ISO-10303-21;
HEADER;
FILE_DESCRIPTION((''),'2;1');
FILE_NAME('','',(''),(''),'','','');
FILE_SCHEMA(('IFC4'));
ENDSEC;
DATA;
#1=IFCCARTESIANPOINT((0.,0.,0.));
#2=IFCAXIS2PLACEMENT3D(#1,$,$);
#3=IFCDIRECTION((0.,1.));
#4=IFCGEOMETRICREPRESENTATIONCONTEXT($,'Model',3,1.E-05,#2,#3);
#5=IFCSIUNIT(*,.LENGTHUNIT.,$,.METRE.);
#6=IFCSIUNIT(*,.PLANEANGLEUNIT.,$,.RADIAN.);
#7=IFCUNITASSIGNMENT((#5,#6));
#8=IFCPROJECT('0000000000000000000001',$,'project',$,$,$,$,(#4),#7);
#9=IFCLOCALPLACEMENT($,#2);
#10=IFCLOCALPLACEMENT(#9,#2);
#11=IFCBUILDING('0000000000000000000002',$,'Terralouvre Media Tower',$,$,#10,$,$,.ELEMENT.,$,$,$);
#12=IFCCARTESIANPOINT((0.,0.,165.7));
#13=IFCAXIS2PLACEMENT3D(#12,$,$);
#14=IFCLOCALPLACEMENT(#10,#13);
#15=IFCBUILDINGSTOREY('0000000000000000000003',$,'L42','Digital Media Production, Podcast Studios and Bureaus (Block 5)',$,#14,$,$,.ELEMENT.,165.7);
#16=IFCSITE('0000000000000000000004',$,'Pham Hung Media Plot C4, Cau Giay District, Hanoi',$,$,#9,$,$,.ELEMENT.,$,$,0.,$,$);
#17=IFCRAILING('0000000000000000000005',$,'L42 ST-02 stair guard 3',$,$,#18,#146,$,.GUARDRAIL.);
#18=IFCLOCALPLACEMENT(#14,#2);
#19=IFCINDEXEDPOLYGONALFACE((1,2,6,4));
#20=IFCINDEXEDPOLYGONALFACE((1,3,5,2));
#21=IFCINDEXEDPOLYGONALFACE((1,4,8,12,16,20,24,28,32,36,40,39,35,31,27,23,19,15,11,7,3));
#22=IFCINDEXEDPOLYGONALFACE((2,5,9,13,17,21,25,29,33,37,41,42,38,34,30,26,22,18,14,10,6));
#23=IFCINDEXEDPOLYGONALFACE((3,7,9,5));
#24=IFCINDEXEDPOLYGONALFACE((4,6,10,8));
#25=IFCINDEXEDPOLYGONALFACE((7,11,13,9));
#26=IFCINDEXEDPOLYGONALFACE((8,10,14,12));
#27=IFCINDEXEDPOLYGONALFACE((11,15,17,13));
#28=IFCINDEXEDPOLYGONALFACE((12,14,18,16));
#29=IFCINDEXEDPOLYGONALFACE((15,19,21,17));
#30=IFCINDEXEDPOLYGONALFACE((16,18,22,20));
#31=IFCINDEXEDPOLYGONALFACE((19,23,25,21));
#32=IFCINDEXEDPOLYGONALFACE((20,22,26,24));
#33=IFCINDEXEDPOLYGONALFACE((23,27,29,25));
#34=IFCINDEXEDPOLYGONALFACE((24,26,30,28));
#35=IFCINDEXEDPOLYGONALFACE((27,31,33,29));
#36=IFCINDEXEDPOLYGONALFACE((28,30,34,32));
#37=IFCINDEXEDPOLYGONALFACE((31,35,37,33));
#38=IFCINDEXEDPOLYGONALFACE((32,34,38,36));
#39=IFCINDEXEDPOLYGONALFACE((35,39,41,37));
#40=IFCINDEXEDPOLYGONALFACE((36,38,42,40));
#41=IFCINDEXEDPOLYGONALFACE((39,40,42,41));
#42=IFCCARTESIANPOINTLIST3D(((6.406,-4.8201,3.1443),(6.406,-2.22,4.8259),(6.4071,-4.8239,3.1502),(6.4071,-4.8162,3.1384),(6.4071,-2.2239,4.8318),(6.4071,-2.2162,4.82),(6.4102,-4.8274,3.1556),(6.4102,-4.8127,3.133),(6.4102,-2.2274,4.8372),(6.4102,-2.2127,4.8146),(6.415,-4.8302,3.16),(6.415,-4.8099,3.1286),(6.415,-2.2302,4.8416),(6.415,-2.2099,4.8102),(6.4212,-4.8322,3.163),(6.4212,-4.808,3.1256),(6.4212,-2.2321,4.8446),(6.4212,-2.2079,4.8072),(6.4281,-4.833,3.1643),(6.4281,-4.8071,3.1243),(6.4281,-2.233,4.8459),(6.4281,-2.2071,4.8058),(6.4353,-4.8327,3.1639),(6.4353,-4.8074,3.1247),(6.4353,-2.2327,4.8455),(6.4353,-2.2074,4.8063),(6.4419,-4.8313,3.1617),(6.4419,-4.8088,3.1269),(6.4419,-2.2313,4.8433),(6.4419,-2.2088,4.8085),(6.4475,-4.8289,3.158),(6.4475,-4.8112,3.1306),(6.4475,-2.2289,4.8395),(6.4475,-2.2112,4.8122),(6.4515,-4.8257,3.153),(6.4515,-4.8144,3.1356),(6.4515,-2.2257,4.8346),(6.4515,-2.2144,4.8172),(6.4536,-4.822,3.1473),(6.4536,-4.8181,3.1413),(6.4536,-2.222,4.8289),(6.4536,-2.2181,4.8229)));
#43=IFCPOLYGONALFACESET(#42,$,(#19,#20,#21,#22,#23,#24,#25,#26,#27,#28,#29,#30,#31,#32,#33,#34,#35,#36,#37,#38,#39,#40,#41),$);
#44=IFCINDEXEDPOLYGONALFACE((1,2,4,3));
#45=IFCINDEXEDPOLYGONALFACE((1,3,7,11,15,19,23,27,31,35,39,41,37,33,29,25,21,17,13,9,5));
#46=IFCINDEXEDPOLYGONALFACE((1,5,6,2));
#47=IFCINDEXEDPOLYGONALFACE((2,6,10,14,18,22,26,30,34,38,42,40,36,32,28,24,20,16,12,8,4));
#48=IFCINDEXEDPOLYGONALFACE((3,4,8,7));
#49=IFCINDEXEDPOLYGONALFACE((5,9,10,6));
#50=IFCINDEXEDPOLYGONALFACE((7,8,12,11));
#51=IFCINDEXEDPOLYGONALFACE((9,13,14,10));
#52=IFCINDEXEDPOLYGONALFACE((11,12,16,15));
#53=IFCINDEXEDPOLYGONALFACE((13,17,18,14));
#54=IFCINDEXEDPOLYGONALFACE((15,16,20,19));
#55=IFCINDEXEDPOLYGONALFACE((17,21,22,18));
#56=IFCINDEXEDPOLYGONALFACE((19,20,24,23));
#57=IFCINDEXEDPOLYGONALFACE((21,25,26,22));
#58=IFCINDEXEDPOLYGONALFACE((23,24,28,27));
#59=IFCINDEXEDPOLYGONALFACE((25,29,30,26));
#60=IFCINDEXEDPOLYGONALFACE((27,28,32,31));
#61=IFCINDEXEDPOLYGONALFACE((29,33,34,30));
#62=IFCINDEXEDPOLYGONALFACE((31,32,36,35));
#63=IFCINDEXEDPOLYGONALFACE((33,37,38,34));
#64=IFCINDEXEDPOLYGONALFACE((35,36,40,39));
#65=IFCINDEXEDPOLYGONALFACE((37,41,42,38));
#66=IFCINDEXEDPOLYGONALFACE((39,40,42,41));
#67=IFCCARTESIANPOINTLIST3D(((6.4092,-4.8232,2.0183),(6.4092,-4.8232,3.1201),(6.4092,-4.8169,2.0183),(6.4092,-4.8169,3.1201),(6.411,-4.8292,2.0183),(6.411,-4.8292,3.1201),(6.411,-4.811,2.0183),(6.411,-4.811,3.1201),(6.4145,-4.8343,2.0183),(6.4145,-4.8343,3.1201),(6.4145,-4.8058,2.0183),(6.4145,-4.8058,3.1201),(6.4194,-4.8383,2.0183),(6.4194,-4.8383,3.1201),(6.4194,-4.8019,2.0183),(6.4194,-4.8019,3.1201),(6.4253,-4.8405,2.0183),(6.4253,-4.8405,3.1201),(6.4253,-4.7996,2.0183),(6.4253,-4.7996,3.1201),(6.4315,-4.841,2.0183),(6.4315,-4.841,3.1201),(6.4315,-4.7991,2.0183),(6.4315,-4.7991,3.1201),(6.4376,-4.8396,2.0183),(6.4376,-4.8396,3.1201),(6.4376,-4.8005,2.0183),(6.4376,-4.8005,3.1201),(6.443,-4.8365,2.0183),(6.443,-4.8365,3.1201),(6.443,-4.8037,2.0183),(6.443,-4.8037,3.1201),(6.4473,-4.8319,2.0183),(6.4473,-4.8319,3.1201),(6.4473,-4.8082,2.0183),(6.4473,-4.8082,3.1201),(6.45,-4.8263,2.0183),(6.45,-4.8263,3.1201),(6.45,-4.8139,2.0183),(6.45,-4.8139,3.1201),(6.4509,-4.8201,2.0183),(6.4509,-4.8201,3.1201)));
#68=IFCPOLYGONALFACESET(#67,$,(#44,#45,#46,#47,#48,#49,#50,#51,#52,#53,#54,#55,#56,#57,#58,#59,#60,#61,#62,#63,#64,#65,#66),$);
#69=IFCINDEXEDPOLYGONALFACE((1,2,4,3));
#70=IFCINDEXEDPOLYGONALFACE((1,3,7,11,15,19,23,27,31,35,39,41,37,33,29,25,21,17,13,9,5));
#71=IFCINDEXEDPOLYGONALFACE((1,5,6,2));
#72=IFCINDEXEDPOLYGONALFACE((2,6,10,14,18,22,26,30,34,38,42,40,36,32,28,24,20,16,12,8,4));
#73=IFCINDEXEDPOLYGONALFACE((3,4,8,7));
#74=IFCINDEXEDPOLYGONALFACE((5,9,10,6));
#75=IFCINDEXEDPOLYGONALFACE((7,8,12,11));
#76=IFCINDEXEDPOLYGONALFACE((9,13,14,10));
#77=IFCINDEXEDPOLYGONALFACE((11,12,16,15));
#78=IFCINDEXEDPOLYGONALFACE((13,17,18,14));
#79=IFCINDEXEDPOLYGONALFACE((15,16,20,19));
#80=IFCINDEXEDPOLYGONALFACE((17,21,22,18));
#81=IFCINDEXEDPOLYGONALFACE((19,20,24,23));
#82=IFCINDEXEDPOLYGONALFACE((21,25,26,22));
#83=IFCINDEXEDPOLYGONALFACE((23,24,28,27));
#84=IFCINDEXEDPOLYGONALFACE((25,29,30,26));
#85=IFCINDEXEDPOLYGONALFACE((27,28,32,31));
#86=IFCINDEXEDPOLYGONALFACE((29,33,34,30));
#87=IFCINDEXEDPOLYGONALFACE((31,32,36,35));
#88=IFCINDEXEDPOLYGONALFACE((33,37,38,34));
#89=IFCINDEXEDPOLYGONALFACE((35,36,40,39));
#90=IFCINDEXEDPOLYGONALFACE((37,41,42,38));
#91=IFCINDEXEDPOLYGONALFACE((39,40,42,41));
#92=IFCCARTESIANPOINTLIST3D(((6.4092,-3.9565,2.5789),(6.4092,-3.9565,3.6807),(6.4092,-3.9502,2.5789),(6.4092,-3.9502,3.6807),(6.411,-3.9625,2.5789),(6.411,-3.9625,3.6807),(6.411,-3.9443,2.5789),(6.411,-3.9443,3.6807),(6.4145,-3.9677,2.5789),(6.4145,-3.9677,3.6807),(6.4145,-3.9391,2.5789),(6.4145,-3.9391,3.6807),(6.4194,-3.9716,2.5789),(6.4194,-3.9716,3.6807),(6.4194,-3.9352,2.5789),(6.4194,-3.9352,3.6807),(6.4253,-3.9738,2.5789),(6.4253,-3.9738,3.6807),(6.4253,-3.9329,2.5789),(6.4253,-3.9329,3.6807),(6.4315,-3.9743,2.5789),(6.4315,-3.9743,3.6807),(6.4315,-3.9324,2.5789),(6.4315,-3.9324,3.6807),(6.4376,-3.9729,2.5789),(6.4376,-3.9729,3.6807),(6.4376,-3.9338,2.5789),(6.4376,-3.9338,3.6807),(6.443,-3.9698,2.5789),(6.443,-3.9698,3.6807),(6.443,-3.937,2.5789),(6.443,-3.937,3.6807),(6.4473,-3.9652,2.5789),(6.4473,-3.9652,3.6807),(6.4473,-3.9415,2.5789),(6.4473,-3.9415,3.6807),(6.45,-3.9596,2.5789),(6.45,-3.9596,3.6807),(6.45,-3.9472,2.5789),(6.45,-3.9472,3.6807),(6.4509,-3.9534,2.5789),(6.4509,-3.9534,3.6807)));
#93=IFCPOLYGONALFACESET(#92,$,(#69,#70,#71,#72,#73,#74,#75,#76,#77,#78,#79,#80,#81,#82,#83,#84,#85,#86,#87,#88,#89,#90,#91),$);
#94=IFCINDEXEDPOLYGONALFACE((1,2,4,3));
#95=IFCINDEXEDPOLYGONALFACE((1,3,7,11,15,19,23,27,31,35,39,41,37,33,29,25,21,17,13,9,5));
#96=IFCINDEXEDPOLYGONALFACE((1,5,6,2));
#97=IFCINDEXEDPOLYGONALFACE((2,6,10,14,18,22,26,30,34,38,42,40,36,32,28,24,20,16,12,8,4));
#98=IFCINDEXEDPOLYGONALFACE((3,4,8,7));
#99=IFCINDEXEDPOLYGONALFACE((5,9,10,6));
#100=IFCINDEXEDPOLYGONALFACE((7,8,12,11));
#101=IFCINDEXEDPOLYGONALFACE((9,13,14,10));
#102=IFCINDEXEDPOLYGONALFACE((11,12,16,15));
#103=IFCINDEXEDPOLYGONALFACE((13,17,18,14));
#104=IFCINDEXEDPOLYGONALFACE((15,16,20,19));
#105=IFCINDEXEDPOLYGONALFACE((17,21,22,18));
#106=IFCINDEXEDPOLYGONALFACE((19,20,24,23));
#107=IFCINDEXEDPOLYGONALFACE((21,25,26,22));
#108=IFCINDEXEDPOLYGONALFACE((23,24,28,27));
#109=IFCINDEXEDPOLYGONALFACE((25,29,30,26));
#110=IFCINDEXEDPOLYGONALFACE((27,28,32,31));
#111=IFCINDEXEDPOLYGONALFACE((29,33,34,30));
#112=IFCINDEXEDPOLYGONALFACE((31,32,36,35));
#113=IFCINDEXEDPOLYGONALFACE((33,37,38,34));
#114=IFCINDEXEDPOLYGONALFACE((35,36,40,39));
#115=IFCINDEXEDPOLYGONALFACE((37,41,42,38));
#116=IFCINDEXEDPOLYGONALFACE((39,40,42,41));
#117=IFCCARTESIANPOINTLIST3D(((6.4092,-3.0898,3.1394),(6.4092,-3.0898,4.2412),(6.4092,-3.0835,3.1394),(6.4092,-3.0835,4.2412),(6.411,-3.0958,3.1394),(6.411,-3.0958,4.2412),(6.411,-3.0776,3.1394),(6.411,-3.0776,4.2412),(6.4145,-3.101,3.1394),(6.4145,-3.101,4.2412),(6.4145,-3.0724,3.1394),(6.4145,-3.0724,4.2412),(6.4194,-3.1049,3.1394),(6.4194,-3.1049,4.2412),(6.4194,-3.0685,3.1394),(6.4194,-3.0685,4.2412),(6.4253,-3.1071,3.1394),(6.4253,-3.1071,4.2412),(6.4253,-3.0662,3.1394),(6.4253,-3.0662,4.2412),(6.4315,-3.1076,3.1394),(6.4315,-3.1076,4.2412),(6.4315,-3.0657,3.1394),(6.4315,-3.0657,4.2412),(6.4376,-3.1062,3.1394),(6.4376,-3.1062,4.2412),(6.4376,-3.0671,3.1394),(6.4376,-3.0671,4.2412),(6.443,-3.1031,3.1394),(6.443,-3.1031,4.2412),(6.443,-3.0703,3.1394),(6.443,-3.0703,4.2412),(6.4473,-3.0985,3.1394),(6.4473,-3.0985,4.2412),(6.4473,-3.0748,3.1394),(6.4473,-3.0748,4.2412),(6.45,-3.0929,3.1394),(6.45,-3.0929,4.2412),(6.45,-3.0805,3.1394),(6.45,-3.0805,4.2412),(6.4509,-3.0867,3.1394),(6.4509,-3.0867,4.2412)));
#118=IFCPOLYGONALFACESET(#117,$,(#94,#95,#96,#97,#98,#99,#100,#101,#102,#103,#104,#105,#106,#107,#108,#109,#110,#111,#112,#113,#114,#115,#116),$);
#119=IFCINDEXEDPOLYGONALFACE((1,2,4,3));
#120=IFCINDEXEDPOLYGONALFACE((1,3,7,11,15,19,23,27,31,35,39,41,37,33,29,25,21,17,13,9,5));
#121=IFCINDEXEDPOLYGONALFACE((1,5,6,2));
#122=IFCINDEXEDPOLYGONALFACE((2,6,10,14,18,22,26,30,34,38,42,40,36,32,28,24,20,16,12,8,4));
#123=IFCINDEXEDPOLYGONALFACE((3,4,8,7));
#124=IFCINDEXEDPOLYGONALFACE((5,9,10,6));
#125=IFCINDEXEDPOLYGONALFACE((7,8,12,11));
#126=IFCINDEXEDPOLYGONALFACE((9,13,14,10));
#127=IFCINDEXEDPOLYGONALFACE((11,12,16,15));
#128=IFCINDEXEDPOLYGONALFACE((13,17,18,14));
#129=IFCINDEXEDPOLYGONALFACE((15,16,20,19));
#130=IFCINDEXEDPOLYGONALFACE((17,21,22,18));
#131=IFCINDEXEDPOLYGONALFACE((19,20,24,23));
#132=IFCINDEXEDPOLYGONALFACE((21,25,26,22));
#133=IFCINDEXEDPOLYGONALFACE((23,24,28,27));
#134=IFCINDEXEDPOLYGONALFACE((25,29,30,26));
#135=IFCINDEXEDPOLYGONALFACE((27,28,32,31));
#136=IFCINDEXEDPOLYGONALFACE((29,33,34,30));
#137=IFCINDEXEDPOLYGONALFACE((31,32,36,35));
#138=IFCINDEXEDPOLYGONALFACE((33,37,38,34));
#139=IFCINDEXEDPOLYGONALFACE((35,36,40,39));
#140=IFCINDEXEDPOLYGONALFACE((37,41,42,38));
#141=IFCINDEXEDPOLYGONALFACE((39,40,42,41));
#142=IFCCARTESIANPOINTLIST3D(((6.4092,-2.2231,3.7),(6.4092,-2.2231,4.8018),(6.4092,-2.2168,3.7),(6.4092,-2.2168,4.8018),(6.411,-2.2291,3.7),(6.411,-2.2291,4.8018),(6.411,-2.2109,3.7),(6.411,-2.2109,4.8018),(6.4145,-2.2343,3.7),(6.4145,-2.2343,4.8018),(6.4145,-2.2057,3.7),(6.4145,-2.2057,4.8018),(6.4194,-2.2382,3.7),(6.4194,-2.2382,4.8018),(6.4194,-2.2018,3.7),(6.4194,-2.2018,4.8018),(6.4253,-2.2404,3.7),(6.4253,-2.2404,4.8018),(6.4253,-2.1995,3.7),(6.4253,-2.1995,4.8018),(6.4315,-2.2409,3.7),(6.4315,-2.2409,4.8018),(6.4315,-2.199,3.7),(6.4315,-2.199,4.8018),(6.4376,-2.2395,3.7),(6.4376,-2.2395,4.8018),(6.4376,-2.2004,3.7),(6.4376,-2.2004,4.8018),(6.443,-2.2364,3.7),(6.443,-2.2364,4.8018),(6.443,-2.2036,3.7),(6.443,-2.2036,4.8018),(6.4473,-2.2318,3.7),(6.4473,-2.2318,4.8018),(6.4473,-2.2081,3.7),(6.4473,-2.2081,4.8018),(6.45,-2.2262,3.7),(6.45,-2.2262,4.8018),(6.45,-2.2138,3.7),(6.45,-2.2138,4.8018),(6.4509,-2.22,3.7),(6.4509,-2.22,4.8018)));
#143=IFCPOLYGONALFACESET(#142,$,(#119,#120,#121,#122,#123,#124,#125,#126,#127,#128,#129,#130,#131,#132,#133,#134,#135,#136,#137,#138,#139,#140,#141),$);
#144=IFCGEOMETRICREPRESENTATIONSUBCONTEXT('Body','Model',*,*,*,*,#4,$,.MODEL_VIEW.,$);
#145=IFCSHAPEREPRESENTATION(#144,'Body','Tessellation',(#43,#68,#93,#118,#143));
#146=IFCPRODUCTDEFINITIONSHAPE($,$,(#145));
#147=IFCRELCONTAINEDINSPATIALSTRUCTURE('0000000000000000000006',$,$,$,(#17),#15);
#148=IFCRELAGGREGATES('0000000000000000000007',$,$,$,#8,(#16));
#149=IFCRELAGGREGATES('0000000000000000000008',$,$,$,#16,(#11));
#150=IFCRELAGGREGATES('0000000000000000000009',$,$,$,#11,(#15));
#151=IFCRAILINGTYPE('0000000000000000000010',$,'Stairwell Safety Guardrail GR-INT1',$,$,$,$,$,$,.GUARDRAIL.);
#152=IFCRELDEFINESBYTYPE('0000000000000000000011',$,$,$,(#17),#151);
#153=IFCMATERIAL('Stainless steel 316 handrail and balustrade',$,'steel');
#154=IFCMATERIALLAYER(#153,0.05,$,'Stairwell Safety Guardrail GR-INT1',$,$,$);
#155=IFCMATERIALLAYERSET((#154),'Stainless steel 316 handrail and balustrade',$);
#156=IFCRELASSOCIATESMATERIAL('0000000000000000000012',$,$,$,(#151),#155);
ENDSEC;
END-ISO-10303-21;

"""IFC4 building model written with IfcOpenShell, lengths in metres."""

from ifc_helpers import new_model, si_unit, direction, frame, origin, origin_2d, place, context, subcontext, project, spatial, circle, extrude, material, layer, layer_set, type_object, element, save


model = new_model("IFC4")

# Units and contexts
model_context = context("Model", 3, precision=1e-05, world=origin(), true_north=direction((0.0, 1.0)))
body_context = subcontext(model_context, "Body", "Model", "MODEL_VIEW")
ifc_project = project(units=[si_unit("LENGTHUNIT", "METRE"), si_unit("PLANEANGLEUNIT", "RADIAN")], contexts=[model_context])

# Site, building, storey
site_placement = place(None, origin())
site = spatial("IfcSite", under=ifc_project, at=site_placement, Name="Pham Hung Media Plot C4, Cau Giay District, Hanoi", CompositionType="ELEMENT", RefElevation=0.0)
building_placement = place(site_placement, origin())
building = spatial("IfcBuilding", under=site, at=building_placement, Name="Terralouvre Media Tower", CompositionType="ELEMENT")
storey_placement = place(building_placement, frame((0.0, 0.0, 165.7)))
storey = spatial("IfcBuildingStorey", under=building, at=storey_placement, Name="L42", Description="Digital Media Production, Podcast Studios and Bureaus (Block 5)", CompositionType="ELEMENT", Elevation=165.7)

# Railing
ifc_material_1 = material(Name="Stainless steel 316 handrail and balustrade", Category="steel")
ifc_layer_1 = layer(ifc_material_1, 0.05, Name="Stairwell Safety Guardrail GR-INT1")
ifc_layer_set_1 = layer_set([ifc_layer_1], Name="Stainless steel 316 handrail and balustrade")
railing_type_1 = type_object("IfcRailingType", Name="Stairwell Safety Guardrail GR-INT1", PredefinedType="GUARDRAIL", material=ifc_layer_set_1)
railing_1_placement = place(storey_placement, frame((6.4299, -4.8201, 2.0183)))
element("IfcRailing", 1, at=railing_1_placement, inside=storey, type_object=railing_type_1, Name="L42 ST-02 stair guard 3", PredefinedType="GUARDRAIL", context=body_context, shape_type="SweptSolid", body=[
    extrude(circle(Radius=0.0239, at=origin_2d()), frame((0.0, 0.0, 1.126), z_axis=(0.0, 0.839684, 0.543075), x_axis=(-1.0, 0.0, 0.0)), (0.0, 0.0, 1.0), 3.0964),
    extrude(circle(Radius=0.021, at=origin_2d()), origin(), (0.0, 0.0, 1.0), 1.1018),
    extrude(circle(Radius=0.021, at=origin_2d()), frame((0.0, 0.8667, 0.5605)), (0.0, 0.0, 1.0), 1.1018),
    extrude(circle(Radius=0.021, at=origin_2d()), frame((0.0, 1.7334, 1.1211)), (0.0, 0.0, 1.0), 1.1018),
    extrude(circle(Radius=0.021, at=origin_2d()), frame((0.0, 2.6001, 1.6816)), (0.0, 0.0, 1.0), 1.1018),
])

save(model, "model.ifc")
